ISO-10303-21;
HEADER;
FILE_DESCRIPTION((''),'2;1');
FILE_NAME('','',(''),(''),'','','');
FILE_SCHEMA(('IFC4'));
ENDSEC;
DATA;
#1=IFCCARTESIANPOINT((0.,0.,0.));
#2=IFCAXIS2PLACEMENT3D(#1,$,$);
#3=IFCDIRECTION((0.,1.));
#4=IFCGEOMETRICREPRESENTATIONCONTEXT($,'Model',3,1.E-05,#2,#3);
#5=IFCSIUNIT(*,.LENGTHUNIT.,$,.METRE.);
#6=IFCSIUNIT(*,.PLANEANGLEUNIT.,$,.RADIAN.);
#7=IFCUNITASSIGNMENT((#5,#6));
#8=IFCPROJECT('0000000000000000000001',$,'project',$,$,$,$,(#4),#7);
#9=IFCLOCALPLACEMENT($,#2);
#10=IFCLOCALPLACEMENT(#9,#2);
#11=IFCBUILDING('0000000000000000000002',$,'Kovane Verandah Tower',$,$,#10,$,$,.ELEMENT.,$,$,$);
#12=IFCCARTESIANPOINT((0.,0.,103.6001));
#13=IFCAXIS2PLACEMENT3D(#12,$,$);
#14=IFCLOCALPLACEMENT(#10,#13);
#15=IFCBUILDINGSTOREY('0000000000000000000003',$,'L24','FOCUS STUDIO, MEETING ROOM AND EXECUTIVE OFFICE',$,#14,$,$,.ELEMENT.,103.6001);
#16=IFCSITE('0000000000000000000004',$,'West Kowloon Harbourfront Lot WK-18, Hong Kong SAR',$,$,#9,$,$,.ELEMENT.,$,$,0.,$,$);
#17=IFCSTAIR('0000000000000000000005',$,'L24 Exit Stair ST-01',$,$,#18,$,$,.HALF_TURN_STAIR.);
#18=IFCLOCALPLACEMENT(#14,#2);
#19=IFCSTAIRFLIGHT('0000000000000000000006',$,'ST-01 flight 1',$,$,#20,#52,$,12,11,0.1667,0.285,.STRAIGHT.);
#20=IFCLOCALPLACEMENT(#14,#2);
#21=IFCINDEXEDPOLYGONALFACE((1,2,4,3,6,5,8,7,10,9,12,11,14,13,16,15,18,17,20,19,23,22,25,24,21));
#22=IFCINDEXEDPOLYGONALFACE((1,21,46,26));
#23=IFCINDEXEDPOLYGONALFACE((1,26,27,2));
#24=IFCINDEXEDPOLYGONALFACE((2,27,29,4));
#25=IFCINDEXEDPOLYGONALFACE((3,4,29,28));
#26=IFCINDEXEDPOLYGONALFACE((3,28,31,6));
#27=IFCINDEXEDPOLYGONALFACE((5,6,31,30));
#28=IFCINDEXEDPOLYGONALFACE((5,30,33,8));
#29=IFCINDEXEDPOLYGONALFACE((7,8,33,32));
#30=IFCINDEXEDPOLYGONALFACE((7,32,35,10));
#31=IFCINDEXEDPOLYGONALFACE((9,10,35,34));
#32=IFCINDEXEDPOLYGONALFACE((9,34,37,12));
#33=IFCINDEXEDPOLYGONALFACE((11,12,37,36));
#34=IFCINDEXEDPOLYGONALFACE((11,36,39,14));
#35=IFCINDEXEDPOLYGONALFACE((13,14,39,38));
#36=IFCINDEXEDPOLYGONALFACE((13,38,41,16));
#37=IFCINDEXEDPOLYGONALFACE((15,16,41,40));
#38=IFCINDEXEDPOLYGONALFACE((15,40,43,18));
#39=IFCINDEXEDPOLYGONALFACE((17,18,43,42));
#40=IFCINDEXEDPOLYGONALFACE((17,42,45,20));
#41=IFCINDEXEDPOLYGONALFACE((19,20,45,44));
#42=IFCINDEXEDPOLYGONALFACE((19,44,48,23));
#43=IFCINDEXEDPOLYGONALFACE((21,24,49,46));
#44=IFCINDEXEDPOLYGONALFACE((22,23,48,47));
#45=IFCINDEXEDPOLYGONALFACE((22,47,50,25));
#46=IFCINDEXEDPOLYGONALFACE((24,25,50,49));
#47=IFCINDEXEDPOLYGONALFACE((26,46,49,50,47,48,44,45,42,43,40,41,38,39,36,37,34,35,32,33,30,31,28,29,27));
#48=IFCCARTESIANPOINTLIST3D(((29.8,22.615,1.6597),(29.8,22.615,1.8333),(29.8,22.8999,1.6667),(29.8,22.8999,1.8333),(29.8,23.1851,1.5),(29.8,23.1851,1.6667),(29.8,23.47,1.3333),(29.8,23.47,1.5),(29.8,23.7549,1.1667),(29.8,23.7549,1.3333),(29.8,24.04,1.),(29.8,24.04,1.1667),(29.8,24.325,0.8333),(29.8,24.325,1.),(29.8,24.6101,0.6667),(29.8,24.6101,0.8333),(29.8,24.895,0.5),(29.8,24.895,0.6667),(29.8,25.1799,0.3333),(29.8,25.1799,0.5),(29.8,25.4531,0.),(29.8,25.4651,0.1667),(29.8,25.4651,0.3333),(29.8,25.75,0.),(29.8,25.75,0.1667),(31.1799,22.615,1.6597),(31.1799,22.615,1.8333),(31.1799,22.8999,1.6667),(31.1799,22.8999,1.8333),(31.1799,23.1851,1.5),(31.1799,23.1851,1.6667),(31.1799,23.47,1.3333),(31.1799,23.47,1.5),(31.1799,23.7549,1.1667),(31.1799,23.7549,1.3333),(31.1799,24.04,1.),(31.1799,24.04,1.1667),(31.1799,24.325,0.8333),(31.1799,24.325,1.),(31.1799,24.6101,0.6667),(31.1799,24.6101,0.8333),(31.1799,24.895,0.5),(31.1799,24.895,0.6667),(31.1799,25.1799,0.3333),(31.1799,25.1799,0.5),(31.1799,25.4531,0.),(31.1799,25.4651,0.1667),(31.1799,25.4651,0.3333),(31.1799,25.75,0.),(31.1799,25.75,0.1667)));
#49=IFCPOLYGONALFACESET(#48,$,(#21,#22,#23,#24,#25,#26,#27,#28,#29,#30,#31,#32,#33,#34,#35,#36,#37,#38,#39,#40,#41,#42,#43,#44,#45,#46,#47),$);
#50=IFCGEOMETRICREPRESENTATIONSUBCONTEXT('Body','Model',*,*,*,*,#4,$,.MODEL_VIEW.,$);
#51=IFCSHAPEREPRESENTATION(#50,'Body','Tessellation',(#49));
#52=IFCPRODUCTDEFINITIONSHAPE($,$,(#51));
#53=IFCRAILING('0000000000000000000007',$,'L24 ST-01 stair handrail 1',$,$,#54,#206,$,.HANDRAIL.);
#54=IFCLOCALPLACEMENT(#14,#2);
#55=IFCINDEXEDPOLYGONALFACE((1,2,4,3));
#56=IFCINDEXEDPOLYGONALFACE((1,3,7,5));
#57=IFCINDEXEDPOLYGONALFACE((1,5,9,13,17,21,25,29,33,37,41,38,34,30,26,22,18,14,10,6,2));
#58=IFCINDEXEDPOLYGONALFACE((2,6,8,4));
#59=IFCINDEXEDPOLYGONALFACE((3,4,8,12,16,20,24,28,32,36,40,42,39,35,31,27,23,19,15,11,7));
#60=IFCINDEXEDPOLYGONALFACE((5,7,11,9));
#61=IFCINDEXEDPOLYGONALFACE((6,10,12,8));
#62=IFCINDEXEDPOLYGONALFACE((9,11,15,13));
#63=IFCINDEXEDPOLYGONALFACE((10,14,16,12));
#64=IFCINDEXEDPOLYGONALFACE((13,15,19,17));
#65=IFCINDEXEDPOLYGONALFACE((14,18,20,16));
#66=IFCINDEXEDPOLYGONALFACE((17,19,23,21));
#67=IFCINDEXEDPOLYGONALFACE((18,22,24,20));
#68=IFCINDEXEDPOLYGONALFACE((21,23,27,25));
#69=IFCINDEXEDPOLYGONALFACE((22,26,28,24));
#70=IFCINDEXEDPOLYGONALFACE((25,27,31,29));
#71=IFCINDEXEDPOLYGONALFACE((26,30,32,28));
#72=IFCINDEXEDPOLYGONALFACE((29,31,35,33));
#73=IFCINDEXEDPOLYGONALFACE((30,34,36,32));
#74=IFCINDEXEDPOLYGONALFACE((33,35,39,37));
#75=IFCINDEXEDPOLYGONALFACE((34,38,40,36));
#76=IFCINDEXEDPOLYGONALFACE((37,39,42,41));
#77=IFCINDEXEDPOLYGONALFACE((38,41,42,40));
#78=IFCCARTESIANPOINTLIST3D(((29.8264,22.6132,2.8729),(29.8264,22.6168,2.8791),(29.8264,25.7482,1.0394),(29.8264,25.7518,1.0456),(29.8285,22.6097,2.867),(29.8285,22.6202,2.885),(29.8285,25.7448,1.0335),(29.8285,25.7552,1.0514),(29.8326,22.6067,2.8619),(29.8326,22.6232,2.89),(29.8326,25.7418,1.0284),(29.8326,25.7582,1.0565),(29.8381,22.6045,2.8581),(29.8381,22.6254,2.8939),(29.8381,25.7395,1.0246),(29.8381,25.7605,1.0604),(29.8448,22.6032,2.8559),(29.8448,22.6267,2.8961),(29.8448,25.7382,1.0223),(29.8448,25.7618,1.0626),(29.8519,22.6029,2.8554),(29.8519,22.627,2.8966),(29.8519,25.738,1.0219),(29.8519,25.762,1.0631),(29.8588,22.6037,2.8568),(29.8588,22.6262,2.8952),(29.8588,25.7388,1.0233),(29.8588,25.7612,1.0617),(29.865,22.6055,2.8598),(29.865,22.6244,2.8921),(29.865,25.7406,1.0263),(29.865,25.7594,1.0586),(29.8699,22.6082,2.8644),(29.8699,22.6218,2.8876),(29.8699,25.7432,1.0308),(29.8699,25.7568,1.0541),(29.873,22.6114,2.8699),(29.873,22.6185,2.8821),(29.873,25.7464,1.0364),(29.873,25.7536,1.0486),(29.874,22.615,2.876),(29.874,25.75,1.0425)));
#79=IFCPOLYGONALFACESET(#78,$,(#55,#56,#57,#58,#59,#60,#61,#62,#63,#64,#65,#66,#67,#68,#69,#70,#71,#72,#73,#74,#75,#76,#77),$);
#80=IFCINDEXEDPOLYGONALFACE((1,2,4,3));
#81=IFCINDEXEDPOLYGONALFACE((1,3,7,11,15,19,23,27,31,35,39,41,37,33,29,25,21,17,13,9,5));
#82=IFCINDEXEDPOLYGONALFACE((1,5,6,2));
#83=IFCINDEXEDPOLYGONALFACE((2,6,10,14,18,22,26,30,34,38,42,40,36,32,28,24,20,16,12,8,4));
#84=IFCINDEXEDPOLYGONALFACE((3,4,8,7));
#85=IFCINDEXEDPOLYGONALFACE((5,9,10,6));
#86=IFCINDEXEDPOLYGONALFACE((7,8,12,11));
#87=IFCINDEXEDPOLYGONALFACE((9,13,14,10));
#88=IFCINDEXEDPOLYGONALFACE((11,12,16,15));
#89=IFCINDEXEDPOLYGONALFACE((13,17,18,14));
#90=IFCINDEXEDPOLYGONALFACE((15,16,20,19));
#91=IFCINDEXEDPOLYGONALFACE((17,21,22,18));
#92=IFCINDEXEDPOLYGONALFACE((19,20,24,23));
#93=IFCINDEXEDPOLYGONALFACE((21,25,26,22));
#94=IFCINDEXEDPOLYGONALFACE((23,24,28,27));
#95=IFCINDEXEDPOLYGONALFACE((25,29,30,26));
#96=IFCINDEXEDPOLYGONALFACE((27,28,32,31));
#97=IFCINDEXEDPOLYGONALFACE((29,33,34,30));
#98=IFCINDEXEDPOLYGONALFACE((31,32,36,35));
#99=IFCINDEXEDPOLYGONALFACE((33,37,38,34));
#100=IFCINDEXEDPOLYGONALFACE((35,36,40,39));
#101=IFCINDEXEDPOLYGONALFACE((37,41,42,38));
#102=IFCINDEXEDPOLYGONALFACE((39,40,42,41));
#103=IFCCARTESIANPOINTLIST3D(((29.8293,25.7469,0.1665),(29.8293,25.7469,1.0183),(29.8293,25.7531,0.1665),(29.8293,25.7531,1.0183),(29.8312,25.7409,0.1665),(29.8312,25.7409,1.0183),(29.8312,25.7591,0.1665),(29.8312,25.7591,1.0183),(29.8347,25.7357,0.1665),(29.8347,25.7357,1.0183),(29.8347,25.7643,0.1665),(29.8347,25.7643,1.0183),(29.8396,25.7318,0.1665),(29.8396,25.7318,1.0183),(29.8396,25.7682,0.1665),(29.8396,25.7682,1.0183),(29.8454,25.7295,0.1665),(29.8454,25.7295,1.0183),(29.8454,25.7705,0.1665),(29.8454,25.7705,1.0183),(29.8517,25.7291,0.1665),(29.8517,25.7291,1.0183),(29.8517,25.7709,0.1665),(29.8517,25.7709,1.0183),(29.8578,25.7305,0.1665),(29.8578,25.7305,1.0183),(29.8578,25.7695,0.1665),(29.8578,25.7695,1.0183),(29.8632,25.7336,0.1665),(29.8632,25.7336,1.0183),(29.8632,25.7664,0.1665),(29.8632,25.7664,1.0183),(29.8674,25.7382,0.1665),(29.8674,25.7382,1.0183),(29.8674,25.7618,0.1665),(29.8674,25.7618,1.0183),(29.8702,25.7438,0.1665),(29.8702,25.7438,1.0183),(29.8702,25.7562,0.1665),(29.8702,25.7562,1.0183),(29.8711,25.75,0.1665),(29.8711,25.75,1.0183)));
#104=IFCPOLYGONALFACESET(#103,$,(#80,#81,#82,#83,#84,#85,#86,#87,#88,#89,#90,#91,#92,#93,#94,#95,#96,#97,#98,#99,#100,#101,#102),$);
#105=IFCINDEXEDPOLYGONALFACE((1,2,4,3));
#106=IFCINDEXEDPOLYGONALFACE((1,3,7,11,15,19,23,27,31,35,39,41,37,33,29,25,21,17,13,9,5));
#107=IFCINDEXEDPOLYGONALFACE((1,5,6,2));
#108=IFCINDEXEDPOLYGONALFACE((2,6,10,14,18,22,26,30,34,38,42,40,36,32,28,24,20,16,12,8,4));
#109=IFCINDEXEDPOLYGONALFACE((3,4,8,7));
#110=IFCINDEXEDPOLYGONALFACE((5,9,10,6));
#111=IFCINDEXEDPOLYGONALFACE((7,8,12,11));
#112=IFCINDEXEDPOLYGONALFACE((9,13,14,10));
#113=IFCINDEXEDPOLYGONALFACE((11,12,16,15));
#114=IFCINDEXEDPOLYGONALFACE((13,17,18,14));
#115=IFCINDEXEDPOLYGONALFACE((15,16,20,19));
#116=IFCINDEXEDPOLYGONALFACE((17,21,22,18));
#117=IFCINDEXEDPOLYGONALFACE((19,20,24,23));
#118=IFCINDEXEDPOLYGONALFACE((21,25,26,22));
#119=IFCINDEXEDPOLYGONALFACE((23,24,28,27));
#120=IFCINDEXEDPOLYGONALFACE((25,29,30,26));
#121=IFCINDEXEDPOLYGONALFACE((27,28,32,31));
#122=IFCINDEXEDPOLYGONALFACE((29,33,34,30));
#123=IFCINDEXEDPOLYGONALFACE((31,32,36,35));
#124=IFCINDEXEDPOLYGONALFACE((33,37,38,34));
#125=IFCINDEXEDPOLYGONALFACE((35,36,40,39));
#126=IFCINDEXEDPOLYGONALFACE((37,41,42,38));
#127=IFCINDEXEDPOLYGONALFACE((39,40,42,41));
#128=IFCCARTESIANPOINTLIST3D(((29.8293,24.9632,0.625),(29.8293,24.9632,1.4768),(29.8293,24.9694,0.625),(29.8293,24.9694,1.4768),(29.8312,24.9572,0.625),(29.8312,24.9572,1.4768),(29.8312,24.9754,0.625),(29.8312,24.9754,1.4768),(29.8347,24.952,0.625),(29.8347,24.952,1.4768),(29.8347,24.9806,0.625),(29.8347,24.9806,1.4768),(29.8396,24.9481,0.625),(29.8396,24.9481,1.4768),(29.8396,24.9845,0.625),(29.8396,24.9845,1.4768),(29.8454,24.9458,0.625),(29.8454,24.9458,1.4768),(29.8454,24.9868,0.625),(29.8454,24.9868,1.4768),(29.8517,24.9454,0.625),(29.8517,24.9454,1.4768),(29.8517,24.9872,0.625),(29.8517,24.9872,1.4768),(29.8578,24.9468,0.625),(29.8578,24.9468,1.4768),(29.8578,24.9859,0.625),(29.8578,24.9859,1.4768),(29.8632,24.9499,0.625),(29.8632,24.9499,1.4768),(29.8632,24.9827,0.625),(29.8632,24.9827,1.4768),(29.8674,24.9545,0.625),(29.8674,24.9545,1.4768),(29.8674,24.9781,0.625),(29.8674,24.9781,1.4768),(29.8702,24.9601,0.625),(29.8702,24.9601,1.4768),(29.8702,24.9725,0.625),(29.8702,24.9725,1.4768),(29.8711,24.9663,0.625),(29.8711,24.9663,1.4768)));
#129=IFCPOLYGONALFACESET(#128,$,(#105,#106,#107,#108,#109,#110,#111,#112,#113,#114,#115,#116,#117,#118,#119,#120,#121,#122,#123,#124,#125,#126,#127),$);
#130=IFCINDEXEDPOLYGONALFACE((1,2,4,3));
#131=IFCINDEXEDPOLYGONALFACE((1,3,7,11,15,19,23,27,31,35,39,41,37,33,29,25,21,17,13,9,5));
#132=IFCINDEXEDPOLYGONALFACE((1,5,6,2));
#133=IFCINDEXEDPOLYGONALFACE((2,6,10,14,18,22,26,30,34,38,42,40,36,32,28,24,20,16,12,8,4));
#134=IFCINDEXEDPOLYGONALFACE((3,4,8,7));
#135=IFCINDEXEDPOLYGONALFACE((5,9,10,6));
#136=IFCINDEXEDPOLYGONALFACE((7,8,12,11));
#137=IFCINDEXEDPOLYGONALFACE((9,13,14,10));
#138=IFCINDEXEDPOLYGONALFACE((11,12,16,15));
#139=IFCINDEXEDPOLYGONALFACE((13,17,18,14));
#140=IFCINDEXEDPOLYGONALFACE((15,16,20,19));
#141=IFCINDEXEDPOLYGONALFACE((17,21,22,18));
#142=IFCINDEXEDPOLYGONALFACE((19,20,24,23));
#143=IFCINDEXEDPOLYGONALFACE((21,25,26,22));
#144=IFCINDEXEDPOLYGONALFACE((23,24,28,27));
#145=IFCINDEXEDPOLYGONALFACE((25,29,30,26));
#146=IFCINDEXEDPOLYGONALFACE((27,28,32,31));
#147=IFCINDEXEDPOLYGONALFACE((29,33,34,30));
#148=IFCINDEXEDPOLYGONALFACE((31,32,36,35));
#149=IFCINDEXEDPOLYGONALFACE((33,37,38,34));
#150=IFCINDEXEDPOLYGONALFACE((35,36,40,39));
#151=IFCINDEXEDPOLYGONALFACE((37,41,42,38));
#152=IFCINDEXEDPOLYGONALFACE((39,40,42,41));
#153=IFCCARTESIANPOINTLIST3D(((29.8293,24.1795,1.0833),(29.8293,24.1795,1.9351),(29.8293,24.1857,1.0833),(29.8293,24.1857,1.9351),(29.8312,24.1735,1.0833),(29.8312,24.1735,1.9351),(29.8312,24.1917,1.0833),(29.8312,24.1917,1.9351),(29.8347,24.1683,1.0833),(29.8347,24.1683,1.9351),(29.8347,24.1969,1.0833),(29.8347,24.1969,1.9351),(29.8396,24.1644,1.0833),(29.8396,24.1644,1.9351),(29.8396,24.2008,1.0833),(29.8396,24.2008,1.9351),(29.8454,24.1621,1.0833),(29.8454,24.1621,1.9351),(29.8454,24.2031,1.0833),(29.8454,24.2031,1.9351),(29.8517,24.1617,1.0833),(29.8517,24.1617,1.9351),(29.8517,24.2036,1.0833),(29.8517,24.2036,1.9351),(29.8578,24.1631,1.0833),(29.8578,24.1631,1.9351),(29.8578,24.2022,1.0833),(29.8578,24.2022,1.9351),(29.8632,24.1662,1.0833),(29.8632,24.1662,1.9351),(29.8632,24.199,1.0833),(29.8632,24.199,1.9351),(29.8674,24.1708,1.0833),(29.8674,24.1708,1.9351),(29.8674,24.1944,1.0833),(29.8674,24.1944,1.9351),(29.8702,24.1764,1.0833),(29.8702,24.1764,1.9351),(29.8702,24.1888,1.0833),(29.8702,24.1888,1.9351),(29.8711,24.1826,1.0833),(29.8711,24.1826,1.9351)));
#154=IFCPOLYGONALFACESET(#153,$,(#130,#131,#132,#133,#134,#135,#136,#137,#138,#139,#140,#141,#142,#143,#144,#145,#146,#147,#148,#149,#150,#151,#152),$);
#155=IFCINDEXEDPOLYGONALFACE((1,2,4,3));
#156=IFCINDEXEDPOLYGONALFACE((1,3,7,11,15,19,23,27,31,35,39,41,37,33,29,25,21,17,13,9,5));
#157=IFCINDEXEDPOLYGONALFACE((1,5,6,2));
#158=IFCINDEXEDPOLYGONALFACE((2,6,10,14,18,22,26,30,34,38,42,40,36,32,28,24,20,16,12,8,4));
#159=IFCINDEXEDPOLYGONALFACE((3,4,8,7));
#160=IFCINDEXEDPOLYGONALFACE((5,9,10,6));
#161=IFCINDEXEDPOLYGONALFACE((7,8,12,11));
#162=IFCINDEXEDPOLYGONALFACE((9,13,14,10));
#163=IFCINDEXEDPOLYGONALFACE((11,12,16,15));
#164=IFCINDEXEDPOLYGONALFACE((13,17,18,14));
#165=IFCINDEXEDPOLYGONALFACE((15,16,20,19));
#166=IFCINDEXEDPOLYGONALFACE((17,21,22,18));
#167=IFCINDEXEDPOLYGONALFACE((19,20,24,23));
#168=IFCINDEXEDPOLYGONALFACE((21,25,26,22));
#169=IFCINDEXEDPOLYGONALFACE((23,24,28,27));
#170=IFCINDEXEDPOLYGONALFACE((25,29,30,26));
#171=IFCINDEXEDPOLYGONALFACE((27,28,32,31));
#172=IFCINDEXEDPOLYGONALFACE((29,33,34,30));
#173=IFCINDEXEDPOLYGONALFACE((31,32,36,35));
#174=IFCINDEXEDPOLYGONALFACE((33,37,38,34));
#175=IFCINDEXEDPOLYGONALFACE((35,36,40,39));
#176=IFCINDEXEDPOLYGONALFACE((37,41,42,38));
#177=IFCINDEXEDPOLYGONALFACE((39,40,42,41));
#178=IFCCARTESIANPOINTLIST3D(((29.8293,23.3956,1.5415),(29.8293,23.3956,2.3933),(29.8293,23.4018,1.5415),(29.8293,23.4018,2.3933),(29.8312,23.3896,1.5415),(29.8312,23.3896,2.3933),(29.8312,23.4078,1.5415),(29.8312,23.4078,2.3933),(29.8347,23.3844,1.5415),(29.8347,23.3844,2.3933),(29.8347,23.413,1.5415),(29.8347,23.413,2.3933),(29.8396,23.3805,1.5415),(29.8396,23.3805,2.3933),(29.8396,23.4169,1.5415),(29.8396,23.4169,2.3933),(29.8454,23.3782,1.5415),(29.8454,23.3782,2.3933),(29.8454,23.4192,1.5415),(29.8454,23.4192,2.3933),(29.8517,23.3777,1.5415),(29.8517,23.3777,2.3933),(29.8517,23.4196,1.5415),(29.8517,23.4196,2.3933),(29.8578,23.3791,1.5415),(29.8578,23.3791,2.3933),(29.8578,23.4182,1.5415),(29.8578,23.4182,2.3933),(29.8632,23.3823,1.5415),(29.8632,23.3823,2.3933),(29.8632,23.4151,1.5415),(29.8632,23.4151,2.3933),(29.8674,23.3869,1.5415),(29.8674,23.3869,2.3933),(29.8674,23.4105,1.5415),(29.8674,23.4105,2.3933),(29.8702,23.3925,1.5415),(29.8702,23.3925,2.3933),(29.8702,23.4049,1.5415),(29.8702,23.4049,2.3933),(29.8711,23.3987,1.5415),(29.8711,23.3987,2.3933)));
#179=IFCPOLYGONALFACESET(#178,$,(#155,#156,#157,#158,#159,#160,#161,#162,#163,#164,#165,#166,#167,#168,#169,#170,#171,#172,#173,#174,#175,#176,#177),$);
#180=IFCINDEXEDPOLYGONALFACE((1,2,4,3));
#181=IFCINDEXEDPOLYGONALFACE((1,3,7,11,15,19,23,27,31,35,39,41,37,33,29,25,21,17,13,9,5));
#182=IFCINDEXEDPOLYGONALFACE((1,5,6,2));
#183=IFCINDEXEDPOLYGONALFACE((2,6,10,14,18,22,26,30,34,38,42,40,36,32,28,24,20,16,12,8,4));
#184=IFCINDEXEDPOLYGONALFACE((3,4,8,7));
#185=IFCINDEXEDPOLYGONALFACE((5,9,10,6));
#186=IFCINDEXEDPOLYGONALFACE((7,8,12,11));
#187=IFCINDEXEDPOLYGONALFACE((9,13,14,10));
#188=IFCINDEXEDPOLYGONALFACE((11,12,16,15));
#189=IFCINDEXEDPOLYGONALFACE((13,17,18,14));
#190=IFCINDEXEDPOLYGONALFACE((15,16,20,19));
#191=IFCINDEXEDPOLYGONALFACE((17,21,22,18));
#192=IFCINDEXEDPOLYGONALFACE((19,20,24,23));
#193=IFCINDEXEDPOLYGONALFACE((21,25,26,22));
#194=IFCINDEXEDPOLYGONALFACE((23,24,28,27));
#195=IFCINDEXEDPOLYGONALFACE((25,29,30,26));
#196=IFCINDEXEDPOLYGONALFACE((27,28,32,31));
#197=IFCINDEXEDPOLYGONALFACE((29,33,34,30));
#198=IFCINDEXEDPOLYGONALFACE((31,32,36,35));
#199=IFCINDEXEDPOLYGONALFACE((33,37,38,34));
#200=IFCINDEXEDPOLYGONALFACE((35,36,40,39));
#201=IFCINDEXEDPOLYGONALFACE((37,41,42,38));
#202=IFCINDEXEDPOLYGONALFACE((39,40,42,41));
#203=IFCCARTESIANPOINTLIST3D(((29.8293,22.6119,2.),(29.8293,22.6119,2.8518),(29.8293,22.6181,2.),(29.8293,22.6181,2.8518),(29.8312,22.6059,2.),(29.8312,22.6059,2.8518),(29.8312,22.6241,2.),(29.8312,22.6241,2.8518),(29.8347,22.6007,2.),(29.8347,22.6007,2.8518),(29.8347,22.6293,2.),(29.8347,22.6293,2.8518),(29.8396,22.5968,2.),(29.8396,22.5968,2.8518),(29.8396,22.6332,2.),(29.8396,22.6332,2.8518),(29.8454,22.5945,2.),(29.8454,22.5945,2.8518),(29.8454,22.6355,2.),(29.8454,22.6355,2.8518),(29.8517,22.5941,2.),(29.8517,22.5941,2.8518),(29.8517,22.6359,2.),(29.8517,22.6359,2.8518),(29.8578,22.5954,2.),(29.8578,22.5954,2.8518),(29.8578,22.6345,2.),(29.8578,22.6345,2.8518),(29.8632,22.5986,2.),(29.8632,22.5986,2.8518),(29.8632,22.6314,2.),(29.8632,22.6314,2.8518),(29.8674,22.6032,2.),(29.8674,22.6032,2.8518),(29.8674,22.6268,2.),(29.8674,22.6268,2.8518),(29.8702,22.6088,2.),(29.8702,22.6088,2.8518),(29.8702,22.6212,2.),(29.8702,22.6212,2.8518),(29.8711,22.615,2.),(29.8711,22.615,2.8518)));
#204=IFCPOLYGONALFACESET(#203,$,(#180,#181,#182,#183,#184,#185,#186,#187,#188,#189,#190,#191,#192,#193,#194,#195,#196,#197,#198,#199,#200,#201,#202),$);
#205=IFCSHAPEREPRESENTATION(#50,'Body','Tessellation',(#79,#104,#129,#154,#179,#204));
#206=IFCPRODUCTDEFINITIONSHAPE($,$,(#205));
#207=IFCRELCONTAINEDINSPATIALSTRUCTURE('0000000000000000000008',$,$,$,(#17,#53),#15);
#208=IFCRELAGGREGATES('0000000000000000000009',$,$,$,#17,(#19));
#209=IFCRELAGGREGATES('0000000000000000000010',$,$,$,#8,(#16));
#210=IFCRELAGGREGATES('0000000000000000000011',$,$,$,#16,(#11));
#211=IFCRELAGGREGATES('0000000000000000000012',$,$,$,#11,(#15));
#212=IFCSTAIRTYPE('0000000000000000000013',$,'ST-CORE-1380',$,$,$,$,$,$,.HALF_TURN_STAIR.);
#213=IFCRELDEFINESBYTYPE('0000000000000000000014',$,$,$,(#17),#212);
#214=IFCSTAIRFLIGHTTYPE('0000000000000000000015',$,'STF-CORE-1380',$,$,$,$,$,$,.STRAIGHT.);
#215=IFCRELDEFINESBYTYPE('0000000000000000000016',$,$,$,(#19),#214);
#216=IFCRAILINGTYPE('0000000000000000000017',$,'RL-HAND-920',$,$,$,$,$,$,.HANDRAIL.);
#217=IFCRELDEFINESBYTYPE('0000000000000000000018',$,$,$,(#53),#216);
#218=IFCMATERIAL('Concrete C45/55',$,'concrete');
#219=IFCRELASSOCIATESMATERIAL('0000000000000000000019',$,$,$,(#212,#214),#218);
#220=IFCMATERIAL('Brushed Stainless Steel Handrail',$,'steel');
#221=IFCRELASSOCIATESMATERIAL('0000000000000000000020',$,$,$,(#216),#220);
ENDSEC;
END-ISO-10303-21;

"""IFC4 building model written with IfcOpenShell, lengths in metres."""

from ifc_helpers import new_model, si_unit, direction, frame, origin, origin_2d, place, context, subcontext, project, spatial, polyline, circle, outline, extrude, material, type_object, element, aggregate, save


model = new_model("IFC4")

# Units and contexts
model_context = context("Model", 3, precision=1e-05, world=origin(), true_north=direction((0.0, 1.0)))
body_context = subcontext(model_context, "Body", "Model", "MODEL_VIEW")
ifc_project = project(units=[si_unit("LENGTHUNIT", "METRE"), si_unit("PLANEANGLEUNIT", "RADIAN")], contexts=[model_context])

# Site, building, storey
site_placement = place(None, origin())
site = spatial("IfcSite", under=ifc_project, at=site_placement, Name="West Kowloon Harbourfront Lot WK-18, Hong Kong SAR", CompositionType="ELEMENT", RefElevation=0.0)
building_placement = place(site_placement, origin())
building = spatial("IfcBuilding", under=site, at=building_placement, Name="Kovane Verandah Tower", CompositionType="ELEMENT")
storey_placement = place(building_placement, frame((0.0, 0.0, 103.6001)))
storey = spatial("IfcBuildingStorey", under=building, at=storey_placement, Name="L24", Description="FOCUS STUDIO, MEETING ROOM AND EXECUTIVE OFFICE", CompositionType="ELEMENT", Elevation=103.6001)

# Shared definitions
ifc_material_1 = material(Name="Concrete C45/55", Category="concrete")

# Stair, stair flight
stair_type = type_object("IfcStairType", Name="ST-CORE-1380", PredefinedType="HALF_TURN_STAIR", material=ifc_material_1)
stair_placement = place(storey_placement, origin())
stair = element("IfcStair", 1, at=stair_placement, inside=storey, type_object=stair_type, Name="L24 Exit Stair ST-01", PredefinedType="HALF_TURN_STAIR")
stair_flight_type = type_object("IfcStairFlightType", Name="STF-CORE-1380", PredefinedType="STRAIGHT", material=ifc_material_1)
stair_flight_placement = place(storey_placement, frame((30.49, 25.75, 0.0), z_axis=(0.0, 0.0, 1.0), x_axis=(0.0, -1.0, 0.0)))
stair_flight = element("IfcStairFlight", 2, at=stair_flight_placement, type_object=stair_flight_type, Name="ST-01 flight 1", NumberOfRisers=12, NumberOfTreads=11, PredefinedType="STRAIGHT", RiserHeight=0.1667, TreadLength=0.285, context=body_context, shape_type="SweptSolid", body=[
    extrude(outline(polyline([(0.0, 0.0), (0.0, 0.1667), (0.2849, 0.1667), (0.2849, 0.3333), (0.5701, 0.3333), (0.5701, 0.5), (0.855, 0.5), (0.855, 0.6667), (1.1399, 0.6667), (1.1399, 0.8333), (1.425, 0.8333), (1.425, 1.0), (1.71, 1.0), (1.71, 1.1667), (1.9951, 1.1667), (1.9951, 1.3333), (2.28, 1.3333), (2.28, 1.5), (2.5649, 1.5), (2.5649, 1.6667), (2.8501, 1.6667), (2.8501, 1.8333), (3.135, 1.8333), (3.135, 2.0), (3.135, 1.6597), (0.2969, 0.0), (0.0, 0.0)])), frame((0.0, 0.6899, 0.0), z_axis=(0.0, -1.0, 0.0), x_axis=(1.0, 0.0, 0.0)), (0.0, 0.0, 1.0), 1.3799),
])
aggregate(stair, [stair_flight])

# Railing
ifc_material_2 = material(Name="Brushed Stainless Steel Handrail", Category="steel")
railing_type_1 = type_object("IfcRailingType", Name="RL-HAND-920", PredefinedType="HANDRAIL", material=ifc_material_2)
railing_1_placement = place(storey_placement, frame((29.8501, 25.75, 0.1665)))
element("IfcRailing", 3, at=railing_1_placement, inside=storey, type_object=railing_type_1, Name="L24 ST-01 stair handrail 1", PredefinedType="HANDRAIL", context=body_context, shape_type="SweptSolid", body=[
    extrude(circle(Radius=0.0239, at=origin_2d()), frame((0.0, 0.0, 0.876), z_axis=(0.0, -0.86321, 0.504845), x_axis=(1.0, 0.0, 0.0)), (0.0, 0.0, 1.0), 3.6318),
    extrude(circle(Radius=0.021, at=origin_2d()), origin(), (0.0, 0.0, 1.0), 0.8518),
    extrude(circle(Radius=0.021, at=origin_2d()), frame((0.0, -0.7837, 0.4585)), (0.0, 0.0, 1.0), 0.8518),
    extrude(circle(Radius=0.021, at=origin_2d()), frame((0.0, -1.5674, 0.9167)), (0.0, 0.0, 1.0), 0.8518),
    extrude(circle(Radius=0.021, at=origin_2d()), frame((0.0, -2.3513, 1.375)), (0.0, 0.0, 1.0), 0.8518),
    extrude(circle(Radius=0.021, at=origin_2d()), frame((0.0, -3.135, 1.8335)), (0.0, 0.0, 1.0), 0.8518),
])

save(model, "model.ifc")
